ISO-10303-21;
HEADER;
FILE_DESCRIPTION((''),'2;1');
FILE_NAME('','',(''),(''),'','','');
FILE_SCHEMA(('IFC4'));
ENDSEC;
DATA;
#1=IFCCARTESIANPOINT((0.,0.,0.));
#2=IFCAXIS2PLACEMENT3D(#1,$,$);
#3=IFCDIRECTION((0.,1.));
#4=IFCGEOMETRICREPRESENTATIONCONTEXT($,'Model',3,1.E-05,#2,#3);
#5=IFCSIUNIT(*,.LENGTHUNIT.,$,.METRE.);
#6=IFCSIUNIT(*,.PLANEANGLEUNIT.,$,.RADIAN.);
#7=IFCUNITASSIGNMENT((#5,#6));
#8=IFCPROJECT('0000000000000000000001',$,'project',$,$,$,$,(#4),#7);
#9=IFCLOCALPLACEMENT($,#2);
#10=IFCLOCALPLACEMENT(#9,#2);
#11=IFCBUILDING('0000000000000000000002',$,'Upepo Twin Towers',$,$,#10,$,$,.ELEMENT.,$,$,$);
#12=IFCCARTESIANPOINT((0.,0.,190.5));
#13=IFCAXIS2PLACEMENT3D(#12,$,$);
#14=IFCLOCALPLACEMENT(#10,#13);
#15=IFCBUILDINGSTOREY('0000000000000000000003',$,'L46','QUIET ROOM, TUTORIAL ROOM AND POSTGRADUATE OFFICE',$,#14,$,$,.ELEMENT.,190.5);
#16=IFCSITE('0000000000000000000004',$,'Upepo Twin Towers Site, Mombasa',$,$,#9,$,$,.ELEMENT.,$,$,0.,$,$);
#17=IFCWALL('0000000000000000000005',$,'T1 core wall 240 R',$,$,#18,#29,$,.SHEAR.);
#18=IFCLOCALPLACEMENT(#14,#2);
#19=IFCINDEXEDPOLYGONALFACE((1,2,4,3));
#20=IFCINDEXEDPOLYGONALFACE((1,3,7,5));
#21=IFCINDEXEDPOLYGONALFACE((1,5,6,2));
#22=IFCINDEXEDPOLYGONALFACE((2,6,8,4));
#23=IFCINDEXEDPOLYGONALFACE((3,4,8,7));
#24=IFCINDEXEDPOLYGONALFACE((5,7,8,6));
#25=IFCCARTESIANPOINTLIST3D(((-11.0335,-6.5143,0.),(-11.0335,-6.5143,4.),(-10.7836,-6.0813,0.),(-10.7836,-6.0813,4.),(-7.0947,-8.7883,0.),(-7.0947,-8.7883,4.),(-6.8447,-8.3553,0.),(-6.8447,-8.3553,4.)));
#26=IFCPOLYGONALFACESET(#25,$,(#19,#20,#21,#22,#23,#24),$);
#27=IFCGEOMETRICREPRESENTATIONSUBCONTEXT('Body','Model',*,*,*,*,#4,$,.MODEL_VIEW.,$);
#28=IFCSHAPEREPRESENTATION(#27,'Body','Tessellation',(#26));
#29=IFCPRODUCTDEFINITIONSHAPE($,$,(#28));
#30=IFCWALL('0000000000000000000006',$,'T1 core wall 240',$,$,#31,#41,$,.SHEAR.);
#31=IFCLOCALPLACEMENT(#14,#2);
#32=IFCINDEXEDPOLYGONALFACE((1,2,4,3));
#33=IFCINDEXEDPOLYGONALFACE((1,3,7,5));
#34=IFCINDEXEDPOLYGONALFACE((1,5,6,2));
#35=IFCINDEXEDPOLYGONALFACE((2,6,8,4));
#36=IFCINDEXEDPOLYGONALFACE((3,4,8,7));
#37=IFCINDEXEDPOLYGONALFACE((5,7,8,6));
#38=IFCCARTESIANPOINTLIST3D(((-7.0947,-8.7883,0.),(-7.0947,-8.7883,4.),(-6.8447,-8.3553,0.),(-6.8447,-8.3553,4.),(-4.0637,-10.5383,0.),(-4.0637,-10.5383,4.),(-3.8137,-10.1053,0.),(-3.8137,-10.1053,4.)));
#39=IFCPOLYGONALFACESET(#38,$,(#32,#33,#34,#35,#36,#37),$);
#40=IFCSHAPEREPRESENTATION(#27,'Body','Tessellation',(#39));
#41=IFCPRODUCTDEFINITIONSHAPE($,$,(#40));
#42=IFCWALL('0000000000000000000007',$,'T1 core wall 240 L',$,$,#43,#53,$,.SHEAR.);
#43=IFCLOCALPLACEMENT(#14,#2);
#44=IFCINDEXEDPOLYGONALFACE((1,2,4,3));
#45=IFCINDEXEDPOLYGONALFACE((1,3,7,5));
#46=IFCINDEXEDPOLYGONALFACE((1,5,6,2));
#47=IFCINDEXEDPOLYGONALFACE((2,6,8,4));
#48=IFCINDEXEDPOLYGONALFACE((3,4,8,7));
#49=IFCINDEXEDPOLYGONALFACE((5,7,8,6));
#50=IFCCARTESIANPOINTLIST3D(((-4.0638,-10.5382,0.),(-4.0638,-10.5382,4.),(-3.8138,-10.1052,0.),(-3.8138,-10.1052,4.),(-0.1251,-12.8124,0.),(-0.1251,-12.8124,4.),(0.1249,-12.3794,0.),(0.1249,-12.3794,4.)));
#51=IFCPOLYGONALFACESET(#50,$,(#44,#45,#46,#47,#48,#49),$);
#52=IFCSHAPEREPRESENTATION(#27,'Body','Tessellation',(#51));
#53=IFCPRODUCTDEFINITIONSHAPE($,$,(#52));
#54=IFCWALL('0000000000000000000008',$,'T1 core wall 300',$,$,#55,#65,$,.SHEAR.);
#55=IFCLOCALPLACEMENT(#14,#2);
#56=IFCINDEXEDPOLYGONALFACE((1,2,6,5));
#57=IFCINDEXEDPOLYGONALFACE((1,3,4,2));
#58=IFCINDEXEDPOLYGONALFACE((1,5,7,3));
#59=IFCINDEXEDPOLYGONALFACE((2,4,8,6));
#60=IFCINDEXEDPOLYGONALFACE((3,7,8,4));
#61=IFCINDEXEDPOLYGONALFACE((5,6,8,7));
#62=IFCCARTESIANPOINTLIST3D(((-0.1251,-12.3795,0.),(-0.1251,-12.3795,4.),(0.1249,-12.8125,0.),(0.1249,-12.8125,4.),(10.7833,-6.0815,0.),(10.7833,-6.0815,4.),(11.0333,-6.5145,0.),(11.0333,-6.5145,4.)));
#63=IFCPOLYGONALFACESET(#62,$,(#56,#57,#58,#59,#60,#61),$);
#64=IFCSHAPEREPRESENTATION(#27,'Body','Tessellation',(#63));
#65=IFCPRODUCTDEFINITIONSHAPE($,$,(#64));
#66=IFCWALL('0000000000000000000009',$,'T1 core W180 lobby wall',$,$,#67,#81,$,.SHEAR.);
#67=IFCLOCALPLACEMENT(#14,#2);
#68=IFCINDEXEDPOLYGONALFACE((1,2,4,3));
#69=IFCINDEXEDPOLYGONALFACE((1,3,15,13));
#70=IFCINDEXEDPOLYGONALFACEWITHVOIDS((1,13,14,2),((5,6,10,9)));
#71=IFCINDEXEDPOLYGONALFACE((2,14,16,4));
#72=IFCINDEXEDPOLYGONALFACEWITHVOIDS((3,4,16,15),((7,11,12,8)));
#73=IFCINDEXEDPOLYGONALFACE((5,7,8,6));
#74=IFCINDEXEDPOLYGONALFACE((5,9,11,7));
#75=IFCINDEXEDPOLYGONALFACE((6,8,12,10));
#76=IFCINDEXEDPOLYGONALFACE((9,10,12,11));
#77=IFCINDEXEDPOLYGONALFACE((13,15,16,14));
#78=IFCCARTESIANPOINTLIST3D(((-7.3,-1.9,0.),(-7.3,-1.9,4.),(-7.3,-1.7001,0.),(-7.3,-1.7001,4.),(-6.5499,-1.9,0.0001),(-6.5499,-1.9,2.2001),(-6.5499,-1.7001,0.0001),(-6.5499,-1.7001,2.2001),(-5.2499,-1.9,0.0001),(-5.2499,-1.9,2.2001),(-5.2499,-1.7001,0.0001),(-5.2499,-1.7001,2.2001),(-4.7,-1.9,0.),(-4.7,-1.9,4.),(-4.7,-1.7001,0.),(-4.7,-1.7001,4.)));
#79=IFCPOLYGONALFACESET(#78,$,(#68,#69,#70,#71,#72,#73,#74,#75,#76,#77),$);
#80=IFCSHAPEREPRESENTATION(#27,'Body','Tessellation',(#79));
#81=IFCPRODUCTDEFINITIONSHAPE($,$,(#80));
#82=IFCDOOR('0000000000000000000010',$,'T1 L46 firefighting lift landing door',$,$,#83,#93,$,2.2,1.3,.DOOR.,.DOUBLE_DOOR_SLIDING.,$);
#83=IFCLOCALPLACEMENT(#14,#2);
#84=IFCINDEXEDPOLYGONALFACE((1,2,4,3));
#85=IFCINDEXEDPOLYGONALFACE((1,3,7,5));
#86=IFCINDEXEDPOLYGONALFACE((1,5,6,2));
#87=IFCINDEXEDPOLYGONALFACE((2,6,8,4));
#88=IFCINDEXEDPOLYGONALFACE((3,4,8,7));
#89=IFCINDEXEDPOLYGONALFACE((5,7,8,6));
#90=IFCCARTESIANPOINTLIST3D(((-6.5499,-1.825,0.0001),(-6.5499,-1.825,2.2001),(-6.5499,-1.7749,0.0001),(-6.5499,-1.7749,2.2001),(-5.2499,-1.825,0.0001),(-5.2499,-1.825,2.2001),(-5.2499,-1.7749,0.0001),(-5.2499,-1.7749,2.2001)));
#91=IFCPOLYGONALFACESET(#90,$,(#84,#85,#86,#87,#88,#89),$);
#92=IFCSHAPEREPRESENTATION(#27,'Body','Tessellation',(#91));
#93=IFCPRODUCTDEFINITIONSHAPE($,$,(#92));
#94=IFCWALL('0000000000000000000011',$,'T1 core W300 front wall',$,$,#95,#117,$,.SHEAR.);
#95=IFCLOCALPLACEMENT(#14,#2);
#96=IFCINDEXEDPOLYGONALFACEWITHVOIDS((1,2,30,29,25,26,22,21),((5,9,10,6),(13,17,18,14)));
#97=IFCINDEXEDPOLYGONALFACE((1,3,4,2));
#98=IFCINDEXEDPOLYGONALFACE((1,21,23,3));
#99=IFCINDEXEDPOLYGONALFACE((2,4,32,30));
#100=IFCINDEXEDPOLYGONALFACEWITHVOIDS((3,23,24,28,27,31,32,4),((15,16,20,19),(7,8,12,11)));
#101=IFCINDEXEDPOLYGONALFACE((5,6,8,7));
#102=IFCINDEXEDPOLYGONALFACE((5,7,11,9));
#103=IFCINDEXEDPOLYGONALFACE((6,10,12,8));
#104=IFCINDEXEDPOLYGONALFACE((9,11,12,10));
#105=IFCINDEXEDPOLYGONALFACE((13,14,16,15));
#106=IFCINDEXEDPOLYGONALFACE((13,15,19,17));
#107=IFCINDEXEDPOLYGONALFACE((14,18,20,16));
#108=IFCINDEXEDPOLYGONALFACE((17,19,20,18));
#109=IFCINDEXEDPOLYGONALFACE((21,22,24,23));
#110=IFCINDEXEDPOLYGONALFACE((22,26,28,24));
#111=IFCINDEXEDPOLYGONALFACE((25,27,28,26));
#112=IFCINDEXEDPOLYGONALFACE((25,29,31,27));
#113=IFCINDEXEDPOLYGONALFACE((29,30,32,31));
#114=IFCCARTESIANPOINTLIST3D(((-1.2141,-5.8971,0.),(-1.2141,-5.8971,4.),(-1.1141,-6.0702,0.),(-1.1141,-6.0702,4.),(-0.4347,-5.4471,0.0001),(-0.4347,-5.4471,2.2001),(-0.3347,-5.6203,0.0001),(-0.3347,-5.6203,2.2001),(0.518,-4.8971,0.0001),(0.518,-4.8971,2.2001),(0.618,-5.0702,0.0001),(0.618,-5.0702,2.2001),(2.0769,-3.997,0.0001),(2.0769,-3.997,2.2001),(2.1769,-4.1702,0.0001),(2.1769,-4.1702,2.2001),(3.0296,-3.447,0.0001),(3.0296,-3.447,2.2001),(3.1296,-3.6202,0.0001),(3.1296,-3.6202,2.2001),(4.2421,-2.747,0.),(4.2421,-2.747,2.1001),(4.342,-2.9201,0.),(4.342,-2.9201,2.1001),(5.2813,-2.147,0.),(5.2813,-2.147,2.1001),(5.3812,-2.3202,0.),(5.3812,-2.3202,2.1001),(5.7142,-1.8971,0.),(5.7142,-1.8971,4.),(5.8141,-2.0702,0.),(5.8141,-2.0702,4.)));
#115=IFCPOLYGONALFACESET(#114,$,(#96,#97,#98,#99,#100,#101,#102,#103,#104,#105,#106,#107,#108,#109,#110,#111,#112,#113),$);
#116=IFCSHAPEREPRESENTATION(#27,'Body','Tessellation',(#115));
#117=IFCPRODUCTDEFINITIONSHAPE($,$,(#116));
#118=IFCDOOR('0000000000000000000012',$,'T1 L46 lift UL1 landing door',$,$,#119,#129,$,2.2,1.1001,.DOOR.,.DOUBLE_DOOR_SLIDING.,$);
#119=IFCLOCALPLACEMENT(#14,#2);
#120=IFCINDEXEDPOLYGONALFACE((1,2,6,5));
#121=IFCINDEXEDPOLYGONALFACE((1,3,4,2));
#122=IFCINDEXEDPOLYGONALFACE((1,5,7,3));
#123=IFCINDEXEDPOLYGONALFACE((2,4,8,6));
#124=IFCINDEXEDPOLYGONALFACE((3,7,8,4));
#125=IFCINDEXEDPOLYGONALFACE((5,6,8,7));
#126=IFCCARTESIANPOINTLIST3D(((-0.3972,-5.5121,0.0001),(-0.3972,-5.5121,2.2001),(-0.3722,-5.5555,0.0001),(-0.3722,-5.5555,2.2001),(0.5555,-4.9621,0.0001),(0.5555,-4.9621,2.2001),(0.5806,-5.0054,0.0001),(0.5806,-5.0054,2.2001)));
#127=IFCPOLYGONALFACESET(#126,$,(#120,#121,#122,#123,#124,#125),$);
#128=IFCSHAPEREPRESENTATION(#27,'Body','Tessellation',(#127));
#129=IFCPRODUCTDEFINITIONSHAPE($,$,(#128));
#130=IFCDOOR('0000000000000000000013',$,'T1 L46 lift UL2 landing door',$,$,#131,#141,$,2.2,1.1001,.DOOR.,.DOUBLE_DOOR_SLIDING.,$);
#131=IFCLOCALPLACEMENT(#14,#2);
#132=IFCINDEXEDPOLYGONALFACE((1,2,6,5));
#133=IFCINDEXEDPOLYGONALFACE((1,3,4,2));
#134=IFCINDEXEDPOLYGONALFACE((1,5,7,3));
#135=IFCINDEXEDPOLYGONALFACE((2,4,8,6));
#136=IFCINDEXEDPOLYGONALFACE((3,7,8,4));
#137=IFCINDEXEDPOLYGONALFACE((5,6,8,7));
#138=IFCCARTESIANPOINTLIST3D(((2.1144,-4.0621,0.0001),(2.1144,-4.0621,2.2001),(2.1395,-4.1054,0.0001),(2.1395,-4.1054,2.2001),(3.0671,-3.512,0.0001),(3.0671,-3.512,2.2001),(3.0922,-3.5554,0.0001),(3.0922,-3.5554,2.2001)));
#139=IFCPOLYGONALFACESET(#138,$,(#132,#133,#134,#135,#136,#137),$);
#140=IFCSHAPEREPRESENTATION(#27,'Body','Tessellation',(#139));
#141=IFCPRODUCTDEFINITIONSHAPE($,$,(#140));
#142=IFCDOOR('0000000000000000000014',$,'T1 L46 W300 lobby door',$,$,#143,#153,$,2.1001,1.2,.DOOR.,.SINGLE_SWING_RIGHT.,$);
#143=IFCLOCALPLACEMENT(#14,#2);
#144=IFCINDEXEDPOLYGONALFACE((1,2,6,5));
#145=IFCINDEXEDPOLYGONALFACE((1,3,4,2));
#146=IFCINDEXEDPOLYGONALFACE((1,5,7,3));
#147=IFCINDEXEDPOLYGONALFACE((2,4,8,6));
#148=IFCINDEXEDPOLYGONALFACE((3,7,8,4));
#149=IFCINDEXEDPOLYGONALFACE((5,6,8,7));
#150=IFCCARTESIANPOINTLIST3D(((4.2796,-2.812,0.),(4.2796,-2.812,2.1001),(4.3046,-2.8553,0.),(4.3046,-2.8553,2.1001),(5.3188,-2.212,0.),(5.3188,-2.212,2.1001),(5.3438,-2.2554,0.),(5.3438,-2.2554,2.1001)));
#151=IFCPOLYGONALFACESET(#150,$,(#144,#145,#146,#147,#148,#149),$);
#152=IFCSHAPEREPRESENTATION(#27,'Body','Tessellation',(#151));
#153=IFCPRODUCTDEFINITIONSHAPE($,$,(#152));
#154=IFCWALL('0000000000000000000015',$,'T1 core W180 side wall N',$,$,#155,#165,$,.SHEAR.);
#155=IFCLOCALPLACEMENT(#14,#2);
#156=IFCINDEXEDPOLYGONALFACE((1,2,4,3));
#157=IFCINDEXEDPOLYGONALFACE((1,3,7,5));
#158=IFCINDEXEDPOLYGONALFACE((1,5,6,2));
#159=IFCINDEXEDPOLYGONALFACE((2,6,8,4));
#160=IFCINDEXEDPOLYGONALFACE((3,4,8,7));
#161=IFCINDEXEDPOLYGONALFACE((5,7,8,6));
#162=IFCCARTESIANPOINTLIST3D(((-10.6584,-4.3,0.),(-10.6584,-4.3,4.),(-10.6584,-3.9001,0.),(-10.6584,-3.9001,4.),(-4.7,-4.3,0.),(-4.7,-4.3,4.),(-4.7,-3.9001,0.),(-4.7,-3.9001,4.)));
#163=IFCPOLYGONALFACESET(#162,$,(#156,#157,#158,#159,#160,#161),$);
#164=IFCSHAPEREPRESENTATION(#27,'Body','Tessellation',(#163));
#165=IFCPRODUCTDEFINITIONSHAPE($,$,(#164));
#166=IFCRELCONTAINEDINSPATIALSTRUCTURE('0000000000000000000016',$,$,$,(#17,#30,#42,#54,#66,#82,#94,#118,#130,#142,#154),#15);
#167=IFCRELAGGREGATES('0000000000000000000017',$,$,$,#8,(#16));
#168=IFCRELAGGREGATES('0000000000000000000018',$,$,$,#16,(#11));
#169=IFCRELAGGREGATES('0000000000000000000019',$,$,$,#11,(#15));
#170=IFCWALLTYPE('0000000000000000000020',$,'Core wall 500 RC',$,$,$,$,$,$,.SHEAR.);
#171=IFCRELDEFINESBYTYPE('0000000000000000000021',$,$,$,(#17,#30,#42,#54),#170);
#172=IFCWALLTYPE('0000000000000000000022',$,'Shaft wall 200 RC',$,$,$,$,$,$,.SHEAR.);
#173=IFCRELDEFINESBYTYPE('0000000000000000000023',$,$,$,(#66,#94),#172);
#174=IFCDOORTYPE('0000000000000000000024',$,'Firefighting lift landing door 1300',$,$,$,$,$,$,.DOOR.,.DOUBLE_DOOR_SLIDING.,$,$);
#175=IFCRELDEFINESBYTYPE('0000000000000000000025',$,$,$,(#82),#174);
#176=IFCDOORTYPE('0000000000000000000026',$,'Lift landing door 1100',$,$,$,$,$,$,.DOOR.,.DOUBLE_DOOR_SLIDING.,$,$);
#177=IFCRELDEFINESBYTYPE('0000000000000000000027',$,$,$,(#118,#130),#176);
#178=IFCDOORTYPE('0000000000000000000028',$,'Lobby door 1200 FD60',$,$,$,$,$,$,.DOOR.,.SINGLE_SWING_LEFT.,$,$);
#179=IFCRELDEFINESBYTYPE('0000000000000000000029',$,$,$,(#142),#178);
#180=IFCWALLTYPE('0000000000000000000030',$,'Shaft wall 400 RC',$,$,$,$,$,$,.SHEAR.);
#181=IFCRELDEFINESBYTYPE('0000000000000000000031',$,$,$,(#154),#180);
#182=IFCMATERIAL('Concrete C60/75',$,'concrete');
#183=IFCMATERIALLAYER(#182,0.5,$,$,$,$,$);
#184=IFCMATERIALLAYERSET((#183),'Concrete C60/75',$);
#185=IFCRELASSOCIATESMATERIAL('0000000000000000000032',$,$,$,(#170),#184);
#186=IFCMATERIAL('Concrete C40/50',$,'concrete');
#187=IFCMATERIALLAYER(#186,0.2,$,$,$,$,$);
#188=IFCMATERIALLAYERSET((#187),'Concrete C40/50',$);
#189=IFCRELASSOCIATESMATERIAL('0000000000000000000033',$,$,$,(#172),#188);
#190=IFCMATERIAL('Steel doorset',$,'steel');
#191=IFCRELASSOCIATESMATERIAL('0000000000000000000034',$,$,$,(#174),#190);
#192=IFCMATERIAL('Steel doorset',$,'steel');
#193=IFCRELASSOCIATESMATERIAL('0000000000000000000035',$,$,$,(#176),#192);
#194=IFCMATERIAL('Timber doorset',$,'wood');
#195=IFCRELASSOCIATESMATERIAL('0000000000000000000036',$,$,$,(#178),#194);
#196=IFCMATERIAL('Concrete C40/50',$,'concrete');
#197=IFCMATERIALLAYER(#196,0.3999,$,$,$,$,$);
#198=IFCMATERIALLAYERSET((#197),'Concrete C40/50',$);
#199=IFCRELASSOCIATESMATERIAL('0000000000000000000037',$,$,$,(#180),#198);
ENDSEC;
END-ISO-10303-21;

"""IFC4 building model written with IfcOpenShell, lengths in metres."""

from ifc_helpers import new_model, si_unit, direction, frame, frame_2d, origin, place, context, subcontext, project, spatial, rectangle, extrude, material, layer, layer_set, type_object, element, fill, save


model = new_model("IFC4")

# Units and contexts
model_context = context("Model", 3, precision=1e-05, world=origin(), true_north=direction((0.0, 1.0)))
body_context = subcontext(model_context, "Body", "Model", "MODEL_VIEW")
ifc_project = project(units=[si_unit("LENGTHUNIT", "METRE"), si_unit("PLANEANGLEUNIT", "RADIAN")], contexts=[model_context])

# Site, building, storey
site_placement = place(None, origin())
site = spatial("IfcSite", under=ifc_project, at=site_placement, Name="Upepo Twin Towers Site, Mombasa", CompositionType="ELEMENT", RefElevation=0.0)
building_placement = place(site_placement, origin())
building = spatial("IfcBuilding", under=site, at=building_placement, Name="Upepo Twin Towers", CompositionType="ELEMENT")
storey_placement = place(building_placement, frame((0.0, 0.0, 190.5)))
storey = spatial("IfcBuildingStorey", under=building, at=storey_placement, Name="L46", Description="QUIET ROOM, TUTORIAL ROOM AND POSTGRADUATE OFFICE", CompositionType="ELEMENT", Elevation=190.5)

# Walls
ifc_material_1 = material(Name="Concrete C60/75", Category="concrete")
ifc_layer_1 = layer(ifc_material_1, 0.5)
ifc_layer_set_1 = layer_set([ifc_layer_1], Name="Concrete C60/75")
wall_type_1 = type_object("IfcWallType", Name="Core wall 500 RC", PredefinedType="SHEAR", material=ifc_layer_set_1)
wall_1_placement = place(storey_placement, frame((-10.9084, -6.2979, 0.0), z_axis=(0.0, 0.0, 1.0), x_axis=(0.866035, -0.499984, 0.0)))
element("IfcWall", 1, at=wall_1_placement, inside=storey, type_object=wall_type_1, Name="T1 core wall 240 R", PredefinedType="SHEAR", context=body_context, shape_type="SweptSolid", body=[
    extrude(rectangle(XDim=4.5481, YDim=0.5, at=frame_2d((2.2739, 0.0))), origin(), (0.0, 0.0, 1.0), 4.0),
])
wall_2_placement = place(storey_placement, frame((-6.9697, -8.5718, 0.0), z_axis=(0.0, 0.0, 1.0), x_axis=(0.866019, -0.50001, 0.0)))
element("IfcWall", 2, at=wall_2_placement, inside=storey, type_object=wall_type_1, Name="T1 core wall 240", PredefinedType="SHEAR", context=body_context, shape_type="SweptSolid", body=[
    extrude(rectangle(XDim=3.5, YDim=0.5, at=frame_2d((1.75, 0.0))), origin(), (0.0, 0.0, 1.0), 4.0),
])
wall_3_placement = place(storey_placement, frame((-3.9387, -10.3218, 0.0), z_axis=(0.0, 0.0, 1.0), x_axis=(0.866011, -0.500024, 0.0)))
element("IfcWall", 3, at=wall_3_placement, inside=storey, type_object=wall_type_1, Name="T1 core wall 240 L", PredefinedType="SHEAR", context=body_context, shape_type="SweptSolid", body=[
    extrude(rectangle(XDim=4.5481, YDim=0.5, at=frame_2d((2.2739, 0.0))), origin(), (0.0, 0.0, 1.0), 4.0),
])
wall_4_placement = place(storey_placement, frame((0.0, -12.5959, 0.0), z_axis=(0.0, 0.0, 1.0), x_axis=(0.866022, 0.500006, 0.0)))
element("IfcWall", 4, at=wall_4_placement, inside=storey, type_object=wall_type_1, Name="T1 core wall 300", PredefinedType="SHEAR", context=body_context, shape_type="SweptSolid", body=[
    extrude(rectangle(XDim=12.5959, YDim=0.5, at=frame_2d((6.2979, 0.0))), origin(), (0.0, 0.0, 1.0), 4.0),
])

# Wall, opening, door
ifc_material_2 = material(Name="Concrete C40/50", Category="concrete")
ifc_layer_2 = layer(ifc_material_2, 0.2)
ifc_layer_set_2 = layer_set([ifc_layer_2], Name="Concrete C40/50")
wall_type_2 = type_object("IfcWallType", Name="Shaft wall 200 RC", PredefinedType="SHEAR", material=ifc_layer_set_2)
wall_5_placement = place(storey_placement, frame((-4.7, -1.8, 0.0), z_axis=(0.0, 0.0, 1.0), x_axis=(-1.0, 0.0, 0.0)))
wall_5 = element("IfcWall", 5, at=wall_5_placement, inside=storey, type_object=wall_type_2, Name="T1 core W180 lobby wall", PredefinedType="SHEAR", context=body_context, shape_type="SweptSolid", body=[
    extrude(rectangle(XDim=2.6001, YDim=0.2, at=frame_2d((1.3, 0.0))), origin(), (0.0, 0.0, 1.0), 4.0),
])
opening_1_placement = place(wall_5_placement, frame((0.55, 0.0, 0.0)))
opening_1 = element("IfcOpeningElement", 6, at=opening_1_placement, cuts=wall_5, PredefinedType="OPENING", context=body_context, shape_type="SweptSolid", body=[
    extrude(rectangle(XDim=1.3, YDim=2.2, at=frame_2d((0.6499, 1.1001))), frame((0.0, 0.1099, 0.0), z_axis=(0.0, -1.0, 0.0), x_axis=(1.0, 0.0, 0.0)), (0.0, 0.0, 1.0), 0.22),
])
ifc_material_3 = material(Name="Steel doorset", Category="steel")
door_type_1 = type_object("IfcDoorType", Name="Firefighting lift landing door 1300", OperationType="DOUBLE_DOOR_SLIDING", PredefinedType="DOOR", material=ifc_material_3)
door_1_placement = place(opening_1_placement, origin())
door_1 = element("IfcDoor", 7, at=door_1_placement, inside=storey, type_object=door_type_1, Name="T1 L46 firefighting lift landing door", OperationType="DOUBLE_DOOR_SLIDING", OverallHeight=2.2, OverallWidth=1.3, PredefinedType="DOOR", context=body_context, shape_type="SweptSolid", body=[
    extrude(rectangle(XDim=1.3, YDim=2.2, at=frame_2d((0.6499, 1.1001))), frame((0.0, 0.0249, 0.0), z_axis=(0.0, -1.0, 0.0), x_axis=(1.0, 0.0, 0.0)), (0.0, 0.0, 1.0), 0.05),
])
fill(opening_1, door_1)

# Wall, openings, doors
wall_6_placement = place(storey_placement, frame((-1.1641, -5.9836, 0.0), z_axis=(0.0, 0.0, 1.0), x_axis=(0.866026, 0.499999, 0.0)))
wall_6 = element("IfcWall", 8, at=wall_6_placement, inside=storey, type_object=wall_type_2, Name="T1 core W300 front wall", PredefinedType="SHEAR", context=body_context, shape_type="SweptSolid", body=[
    extrude(rectangle(XDim=8.0, YDim=0.2, at=frame_2d((4.0, 0.0))), origin(), (0.0, 0.0, 1.0), 4.0),
])
opening_2_placement = place(wall_6_placement, frame((6.3, 0.0, 0.0)))
opening_2 = element("IfcOpeningElement", 9, at=opening_2_placement, cuts=wall_6, PredefinedType="OPENING", context=body_context, shape_type="SweptSolid", body=[
    extrude(rectangle(XDim=1.2, YDim=2.1001, at=frame_2d((0.6001, 1.05))), frame((0.0, 0.1099, 0.0), z_axis=(0.0, -1.0, 0.0), x_axis=(1.0, 0.0, 0.0)), (0.0, 0.0, 1.0), 0.22),
])
opening_3_placement = place(wall_6_placement, frame((0.8999, 0.0, 0.0)))
opening_3 = element("IfcOpeningElement", 10, at=opening_3_placement, cuts=wall_6, PredefinedType="OPENING", context=body_context, shape_type="SweptSolid", body=[
    extrude(rectangle(XDim=1.1001, YDim=2.2, at=frame_2d((0.55, 1.1001))), frame((0.0, 0.1099, 0.0), z_axis=(0.0, -1.0, 0.0), x_axis=(1.0, 0.0, 0.0)), (0.0, 0.0, 1.0), 0.22),
])
opening_4_placement = place(wall_6_placement, frame((3.8, 0.0, 0.0)))
opening_4 = element("IfcOpeningElement", 11, at=opening_4_placement, cuts=wall_6, PredefinedType="OPENING", context=body_context, shape_type="SweptSolid", body=[
    extrude(rectangle(XDim=1.1001, YDim=2.2, at=frame_2d((0.55, 1.1001))), frame((0.0, 0.1099, 0.0), z_axis=(0.0, -1.0, 0.0), x_axis=(1.0, 0.0, 0.0)), (0.0, 0.0, 1.0), 0.22),
])
ifc_material_4 = material(Name="Steel doorset", Category="steel")
door_type_2 = type_object("IfcDoorType", Name="Lift landing door 1100", OperationType="DOUBLE_DOOR_SLIDING", PredefinedType="DOOR", material=ifc_material_4)
door_2_placement = place(opening_3_placement, origin())
door_2 = element("IfcDoor", 12, at=door_2_placement, inside=storey, type_object=door_type_2, Name="T1 L46 lift UL1 landing door", OperationType="DOUBLE_DOOR_SLIDING", OverallHeight=2.2, OverallWidth=1.1001, PredefinedType="DOOR", context=body_context, shape_type="SweptSolid", body=[
    extrude(rectangle(XDim=1.1001, YDim=2.2, at=frame_2d((0.55, 1.1001))), frame((0.0, 0.0249, 0.0), z_axis=(0.0, -1.0, 0.0), x_axis=(1.0, 0.0, 0.0)), (0.0, 0.0, 1.0), 0.05),
])
fill(opening_3, door_2)
door_3_placement = place(opening_4_placement, origin())
door_3 = element("IfcDoor", 13, at=door_3_placement, inside=storey, type_object=door_type_2, Name="T1 L46 lift UL2 landing door", OperationType="DOUBLE_DOOR_SLIDING", OverallHeight=2.2, OverallWidth=1.1001, PredefinedType="DOOR", context=body_context, shape_type="SweptSolid", body=[
    extrude(rectangle(XDim=1.1001, YDim=2.2, at=frame_2d((0.55, 1.1001))), frame((0.0, 0.0249, 0.0), z_axis=(0.0, -1.0, 0.0), x_axis=(1.0, 0.0, 0.0)), (0.0, 0.0, 1.0), 0.05),
])
fill(opening_4, door_3)
ifc_material_5 = material(Name="Timber doorset", Category="wood")
door_type_3 = type_object("IfcDoorType", Name="Lobby door 1200 FD60", OperationType="SINGLE_SWING_LEFT", PredefinedType="DOOR", material=ifc_material_5)
door_4_placement = place(opening_2_placement, origin())
door_4 = element("IfcDoor", 14, at=door_4_placement, inside=storey, type_object=door_type_3, Name="T1 L46 W300 lobby door", OperationType="SINGLE_SWING_RIGHT", OverallHeight=2.1001, OverallWidth=1.2, PredefinedType="DOOR", context=body_context, shape_type="SweptSolid", body=[
    extrude(rectangle(XDim=1.2, YDim=2.1001, at=frame_2d((0.6001, 1.05))), frame((0.0, 0.0249, 0.0), z_axis=(0.0, -1.0, 0.0), x_axis=(1.0, 0.0, 0.0)), (0.0, 0.0, 1.0), 0.05),
])
fill(opening_2, door_4)

# Wall
ifc_material_6 = material(Name="Concrete C40/50", Category="concrete")
ifc_layer_3 = layer(ifc_material_6, 0.3999)
ifc_layer_set_3 = layer_set([ifc_layer_3], Name="Concrete C40/50")
wall_type_3 = type_object("IfcWallType", Name="Shaft wall 400 RC", PredefinedType="SHEAR", material=ifc_layer_set_3)
wall_7_placement = place(storey_placement, frame((-4.7, -4.1001, 0.0), z_axis=(0.0, 0.0, 1.0), x_axis=(-1.0, 0.0, 0.0)))
element("IfcWall", 15, at=wall_7_placement, inside=storey, type_object=wall_type_3, Name="T1 core W180 side wall N", PredefinedType="SHEAR", context=body_context, shape_type="SweptSolid", body=[
    extrude(rectangle(XDim=5.9585, YDim=0.3999, at=frame_2d((2.9792, 0.0))), origin(), (0.0, 0.0, 1.0), 4.0),
])

save(model, "model.ifc")
